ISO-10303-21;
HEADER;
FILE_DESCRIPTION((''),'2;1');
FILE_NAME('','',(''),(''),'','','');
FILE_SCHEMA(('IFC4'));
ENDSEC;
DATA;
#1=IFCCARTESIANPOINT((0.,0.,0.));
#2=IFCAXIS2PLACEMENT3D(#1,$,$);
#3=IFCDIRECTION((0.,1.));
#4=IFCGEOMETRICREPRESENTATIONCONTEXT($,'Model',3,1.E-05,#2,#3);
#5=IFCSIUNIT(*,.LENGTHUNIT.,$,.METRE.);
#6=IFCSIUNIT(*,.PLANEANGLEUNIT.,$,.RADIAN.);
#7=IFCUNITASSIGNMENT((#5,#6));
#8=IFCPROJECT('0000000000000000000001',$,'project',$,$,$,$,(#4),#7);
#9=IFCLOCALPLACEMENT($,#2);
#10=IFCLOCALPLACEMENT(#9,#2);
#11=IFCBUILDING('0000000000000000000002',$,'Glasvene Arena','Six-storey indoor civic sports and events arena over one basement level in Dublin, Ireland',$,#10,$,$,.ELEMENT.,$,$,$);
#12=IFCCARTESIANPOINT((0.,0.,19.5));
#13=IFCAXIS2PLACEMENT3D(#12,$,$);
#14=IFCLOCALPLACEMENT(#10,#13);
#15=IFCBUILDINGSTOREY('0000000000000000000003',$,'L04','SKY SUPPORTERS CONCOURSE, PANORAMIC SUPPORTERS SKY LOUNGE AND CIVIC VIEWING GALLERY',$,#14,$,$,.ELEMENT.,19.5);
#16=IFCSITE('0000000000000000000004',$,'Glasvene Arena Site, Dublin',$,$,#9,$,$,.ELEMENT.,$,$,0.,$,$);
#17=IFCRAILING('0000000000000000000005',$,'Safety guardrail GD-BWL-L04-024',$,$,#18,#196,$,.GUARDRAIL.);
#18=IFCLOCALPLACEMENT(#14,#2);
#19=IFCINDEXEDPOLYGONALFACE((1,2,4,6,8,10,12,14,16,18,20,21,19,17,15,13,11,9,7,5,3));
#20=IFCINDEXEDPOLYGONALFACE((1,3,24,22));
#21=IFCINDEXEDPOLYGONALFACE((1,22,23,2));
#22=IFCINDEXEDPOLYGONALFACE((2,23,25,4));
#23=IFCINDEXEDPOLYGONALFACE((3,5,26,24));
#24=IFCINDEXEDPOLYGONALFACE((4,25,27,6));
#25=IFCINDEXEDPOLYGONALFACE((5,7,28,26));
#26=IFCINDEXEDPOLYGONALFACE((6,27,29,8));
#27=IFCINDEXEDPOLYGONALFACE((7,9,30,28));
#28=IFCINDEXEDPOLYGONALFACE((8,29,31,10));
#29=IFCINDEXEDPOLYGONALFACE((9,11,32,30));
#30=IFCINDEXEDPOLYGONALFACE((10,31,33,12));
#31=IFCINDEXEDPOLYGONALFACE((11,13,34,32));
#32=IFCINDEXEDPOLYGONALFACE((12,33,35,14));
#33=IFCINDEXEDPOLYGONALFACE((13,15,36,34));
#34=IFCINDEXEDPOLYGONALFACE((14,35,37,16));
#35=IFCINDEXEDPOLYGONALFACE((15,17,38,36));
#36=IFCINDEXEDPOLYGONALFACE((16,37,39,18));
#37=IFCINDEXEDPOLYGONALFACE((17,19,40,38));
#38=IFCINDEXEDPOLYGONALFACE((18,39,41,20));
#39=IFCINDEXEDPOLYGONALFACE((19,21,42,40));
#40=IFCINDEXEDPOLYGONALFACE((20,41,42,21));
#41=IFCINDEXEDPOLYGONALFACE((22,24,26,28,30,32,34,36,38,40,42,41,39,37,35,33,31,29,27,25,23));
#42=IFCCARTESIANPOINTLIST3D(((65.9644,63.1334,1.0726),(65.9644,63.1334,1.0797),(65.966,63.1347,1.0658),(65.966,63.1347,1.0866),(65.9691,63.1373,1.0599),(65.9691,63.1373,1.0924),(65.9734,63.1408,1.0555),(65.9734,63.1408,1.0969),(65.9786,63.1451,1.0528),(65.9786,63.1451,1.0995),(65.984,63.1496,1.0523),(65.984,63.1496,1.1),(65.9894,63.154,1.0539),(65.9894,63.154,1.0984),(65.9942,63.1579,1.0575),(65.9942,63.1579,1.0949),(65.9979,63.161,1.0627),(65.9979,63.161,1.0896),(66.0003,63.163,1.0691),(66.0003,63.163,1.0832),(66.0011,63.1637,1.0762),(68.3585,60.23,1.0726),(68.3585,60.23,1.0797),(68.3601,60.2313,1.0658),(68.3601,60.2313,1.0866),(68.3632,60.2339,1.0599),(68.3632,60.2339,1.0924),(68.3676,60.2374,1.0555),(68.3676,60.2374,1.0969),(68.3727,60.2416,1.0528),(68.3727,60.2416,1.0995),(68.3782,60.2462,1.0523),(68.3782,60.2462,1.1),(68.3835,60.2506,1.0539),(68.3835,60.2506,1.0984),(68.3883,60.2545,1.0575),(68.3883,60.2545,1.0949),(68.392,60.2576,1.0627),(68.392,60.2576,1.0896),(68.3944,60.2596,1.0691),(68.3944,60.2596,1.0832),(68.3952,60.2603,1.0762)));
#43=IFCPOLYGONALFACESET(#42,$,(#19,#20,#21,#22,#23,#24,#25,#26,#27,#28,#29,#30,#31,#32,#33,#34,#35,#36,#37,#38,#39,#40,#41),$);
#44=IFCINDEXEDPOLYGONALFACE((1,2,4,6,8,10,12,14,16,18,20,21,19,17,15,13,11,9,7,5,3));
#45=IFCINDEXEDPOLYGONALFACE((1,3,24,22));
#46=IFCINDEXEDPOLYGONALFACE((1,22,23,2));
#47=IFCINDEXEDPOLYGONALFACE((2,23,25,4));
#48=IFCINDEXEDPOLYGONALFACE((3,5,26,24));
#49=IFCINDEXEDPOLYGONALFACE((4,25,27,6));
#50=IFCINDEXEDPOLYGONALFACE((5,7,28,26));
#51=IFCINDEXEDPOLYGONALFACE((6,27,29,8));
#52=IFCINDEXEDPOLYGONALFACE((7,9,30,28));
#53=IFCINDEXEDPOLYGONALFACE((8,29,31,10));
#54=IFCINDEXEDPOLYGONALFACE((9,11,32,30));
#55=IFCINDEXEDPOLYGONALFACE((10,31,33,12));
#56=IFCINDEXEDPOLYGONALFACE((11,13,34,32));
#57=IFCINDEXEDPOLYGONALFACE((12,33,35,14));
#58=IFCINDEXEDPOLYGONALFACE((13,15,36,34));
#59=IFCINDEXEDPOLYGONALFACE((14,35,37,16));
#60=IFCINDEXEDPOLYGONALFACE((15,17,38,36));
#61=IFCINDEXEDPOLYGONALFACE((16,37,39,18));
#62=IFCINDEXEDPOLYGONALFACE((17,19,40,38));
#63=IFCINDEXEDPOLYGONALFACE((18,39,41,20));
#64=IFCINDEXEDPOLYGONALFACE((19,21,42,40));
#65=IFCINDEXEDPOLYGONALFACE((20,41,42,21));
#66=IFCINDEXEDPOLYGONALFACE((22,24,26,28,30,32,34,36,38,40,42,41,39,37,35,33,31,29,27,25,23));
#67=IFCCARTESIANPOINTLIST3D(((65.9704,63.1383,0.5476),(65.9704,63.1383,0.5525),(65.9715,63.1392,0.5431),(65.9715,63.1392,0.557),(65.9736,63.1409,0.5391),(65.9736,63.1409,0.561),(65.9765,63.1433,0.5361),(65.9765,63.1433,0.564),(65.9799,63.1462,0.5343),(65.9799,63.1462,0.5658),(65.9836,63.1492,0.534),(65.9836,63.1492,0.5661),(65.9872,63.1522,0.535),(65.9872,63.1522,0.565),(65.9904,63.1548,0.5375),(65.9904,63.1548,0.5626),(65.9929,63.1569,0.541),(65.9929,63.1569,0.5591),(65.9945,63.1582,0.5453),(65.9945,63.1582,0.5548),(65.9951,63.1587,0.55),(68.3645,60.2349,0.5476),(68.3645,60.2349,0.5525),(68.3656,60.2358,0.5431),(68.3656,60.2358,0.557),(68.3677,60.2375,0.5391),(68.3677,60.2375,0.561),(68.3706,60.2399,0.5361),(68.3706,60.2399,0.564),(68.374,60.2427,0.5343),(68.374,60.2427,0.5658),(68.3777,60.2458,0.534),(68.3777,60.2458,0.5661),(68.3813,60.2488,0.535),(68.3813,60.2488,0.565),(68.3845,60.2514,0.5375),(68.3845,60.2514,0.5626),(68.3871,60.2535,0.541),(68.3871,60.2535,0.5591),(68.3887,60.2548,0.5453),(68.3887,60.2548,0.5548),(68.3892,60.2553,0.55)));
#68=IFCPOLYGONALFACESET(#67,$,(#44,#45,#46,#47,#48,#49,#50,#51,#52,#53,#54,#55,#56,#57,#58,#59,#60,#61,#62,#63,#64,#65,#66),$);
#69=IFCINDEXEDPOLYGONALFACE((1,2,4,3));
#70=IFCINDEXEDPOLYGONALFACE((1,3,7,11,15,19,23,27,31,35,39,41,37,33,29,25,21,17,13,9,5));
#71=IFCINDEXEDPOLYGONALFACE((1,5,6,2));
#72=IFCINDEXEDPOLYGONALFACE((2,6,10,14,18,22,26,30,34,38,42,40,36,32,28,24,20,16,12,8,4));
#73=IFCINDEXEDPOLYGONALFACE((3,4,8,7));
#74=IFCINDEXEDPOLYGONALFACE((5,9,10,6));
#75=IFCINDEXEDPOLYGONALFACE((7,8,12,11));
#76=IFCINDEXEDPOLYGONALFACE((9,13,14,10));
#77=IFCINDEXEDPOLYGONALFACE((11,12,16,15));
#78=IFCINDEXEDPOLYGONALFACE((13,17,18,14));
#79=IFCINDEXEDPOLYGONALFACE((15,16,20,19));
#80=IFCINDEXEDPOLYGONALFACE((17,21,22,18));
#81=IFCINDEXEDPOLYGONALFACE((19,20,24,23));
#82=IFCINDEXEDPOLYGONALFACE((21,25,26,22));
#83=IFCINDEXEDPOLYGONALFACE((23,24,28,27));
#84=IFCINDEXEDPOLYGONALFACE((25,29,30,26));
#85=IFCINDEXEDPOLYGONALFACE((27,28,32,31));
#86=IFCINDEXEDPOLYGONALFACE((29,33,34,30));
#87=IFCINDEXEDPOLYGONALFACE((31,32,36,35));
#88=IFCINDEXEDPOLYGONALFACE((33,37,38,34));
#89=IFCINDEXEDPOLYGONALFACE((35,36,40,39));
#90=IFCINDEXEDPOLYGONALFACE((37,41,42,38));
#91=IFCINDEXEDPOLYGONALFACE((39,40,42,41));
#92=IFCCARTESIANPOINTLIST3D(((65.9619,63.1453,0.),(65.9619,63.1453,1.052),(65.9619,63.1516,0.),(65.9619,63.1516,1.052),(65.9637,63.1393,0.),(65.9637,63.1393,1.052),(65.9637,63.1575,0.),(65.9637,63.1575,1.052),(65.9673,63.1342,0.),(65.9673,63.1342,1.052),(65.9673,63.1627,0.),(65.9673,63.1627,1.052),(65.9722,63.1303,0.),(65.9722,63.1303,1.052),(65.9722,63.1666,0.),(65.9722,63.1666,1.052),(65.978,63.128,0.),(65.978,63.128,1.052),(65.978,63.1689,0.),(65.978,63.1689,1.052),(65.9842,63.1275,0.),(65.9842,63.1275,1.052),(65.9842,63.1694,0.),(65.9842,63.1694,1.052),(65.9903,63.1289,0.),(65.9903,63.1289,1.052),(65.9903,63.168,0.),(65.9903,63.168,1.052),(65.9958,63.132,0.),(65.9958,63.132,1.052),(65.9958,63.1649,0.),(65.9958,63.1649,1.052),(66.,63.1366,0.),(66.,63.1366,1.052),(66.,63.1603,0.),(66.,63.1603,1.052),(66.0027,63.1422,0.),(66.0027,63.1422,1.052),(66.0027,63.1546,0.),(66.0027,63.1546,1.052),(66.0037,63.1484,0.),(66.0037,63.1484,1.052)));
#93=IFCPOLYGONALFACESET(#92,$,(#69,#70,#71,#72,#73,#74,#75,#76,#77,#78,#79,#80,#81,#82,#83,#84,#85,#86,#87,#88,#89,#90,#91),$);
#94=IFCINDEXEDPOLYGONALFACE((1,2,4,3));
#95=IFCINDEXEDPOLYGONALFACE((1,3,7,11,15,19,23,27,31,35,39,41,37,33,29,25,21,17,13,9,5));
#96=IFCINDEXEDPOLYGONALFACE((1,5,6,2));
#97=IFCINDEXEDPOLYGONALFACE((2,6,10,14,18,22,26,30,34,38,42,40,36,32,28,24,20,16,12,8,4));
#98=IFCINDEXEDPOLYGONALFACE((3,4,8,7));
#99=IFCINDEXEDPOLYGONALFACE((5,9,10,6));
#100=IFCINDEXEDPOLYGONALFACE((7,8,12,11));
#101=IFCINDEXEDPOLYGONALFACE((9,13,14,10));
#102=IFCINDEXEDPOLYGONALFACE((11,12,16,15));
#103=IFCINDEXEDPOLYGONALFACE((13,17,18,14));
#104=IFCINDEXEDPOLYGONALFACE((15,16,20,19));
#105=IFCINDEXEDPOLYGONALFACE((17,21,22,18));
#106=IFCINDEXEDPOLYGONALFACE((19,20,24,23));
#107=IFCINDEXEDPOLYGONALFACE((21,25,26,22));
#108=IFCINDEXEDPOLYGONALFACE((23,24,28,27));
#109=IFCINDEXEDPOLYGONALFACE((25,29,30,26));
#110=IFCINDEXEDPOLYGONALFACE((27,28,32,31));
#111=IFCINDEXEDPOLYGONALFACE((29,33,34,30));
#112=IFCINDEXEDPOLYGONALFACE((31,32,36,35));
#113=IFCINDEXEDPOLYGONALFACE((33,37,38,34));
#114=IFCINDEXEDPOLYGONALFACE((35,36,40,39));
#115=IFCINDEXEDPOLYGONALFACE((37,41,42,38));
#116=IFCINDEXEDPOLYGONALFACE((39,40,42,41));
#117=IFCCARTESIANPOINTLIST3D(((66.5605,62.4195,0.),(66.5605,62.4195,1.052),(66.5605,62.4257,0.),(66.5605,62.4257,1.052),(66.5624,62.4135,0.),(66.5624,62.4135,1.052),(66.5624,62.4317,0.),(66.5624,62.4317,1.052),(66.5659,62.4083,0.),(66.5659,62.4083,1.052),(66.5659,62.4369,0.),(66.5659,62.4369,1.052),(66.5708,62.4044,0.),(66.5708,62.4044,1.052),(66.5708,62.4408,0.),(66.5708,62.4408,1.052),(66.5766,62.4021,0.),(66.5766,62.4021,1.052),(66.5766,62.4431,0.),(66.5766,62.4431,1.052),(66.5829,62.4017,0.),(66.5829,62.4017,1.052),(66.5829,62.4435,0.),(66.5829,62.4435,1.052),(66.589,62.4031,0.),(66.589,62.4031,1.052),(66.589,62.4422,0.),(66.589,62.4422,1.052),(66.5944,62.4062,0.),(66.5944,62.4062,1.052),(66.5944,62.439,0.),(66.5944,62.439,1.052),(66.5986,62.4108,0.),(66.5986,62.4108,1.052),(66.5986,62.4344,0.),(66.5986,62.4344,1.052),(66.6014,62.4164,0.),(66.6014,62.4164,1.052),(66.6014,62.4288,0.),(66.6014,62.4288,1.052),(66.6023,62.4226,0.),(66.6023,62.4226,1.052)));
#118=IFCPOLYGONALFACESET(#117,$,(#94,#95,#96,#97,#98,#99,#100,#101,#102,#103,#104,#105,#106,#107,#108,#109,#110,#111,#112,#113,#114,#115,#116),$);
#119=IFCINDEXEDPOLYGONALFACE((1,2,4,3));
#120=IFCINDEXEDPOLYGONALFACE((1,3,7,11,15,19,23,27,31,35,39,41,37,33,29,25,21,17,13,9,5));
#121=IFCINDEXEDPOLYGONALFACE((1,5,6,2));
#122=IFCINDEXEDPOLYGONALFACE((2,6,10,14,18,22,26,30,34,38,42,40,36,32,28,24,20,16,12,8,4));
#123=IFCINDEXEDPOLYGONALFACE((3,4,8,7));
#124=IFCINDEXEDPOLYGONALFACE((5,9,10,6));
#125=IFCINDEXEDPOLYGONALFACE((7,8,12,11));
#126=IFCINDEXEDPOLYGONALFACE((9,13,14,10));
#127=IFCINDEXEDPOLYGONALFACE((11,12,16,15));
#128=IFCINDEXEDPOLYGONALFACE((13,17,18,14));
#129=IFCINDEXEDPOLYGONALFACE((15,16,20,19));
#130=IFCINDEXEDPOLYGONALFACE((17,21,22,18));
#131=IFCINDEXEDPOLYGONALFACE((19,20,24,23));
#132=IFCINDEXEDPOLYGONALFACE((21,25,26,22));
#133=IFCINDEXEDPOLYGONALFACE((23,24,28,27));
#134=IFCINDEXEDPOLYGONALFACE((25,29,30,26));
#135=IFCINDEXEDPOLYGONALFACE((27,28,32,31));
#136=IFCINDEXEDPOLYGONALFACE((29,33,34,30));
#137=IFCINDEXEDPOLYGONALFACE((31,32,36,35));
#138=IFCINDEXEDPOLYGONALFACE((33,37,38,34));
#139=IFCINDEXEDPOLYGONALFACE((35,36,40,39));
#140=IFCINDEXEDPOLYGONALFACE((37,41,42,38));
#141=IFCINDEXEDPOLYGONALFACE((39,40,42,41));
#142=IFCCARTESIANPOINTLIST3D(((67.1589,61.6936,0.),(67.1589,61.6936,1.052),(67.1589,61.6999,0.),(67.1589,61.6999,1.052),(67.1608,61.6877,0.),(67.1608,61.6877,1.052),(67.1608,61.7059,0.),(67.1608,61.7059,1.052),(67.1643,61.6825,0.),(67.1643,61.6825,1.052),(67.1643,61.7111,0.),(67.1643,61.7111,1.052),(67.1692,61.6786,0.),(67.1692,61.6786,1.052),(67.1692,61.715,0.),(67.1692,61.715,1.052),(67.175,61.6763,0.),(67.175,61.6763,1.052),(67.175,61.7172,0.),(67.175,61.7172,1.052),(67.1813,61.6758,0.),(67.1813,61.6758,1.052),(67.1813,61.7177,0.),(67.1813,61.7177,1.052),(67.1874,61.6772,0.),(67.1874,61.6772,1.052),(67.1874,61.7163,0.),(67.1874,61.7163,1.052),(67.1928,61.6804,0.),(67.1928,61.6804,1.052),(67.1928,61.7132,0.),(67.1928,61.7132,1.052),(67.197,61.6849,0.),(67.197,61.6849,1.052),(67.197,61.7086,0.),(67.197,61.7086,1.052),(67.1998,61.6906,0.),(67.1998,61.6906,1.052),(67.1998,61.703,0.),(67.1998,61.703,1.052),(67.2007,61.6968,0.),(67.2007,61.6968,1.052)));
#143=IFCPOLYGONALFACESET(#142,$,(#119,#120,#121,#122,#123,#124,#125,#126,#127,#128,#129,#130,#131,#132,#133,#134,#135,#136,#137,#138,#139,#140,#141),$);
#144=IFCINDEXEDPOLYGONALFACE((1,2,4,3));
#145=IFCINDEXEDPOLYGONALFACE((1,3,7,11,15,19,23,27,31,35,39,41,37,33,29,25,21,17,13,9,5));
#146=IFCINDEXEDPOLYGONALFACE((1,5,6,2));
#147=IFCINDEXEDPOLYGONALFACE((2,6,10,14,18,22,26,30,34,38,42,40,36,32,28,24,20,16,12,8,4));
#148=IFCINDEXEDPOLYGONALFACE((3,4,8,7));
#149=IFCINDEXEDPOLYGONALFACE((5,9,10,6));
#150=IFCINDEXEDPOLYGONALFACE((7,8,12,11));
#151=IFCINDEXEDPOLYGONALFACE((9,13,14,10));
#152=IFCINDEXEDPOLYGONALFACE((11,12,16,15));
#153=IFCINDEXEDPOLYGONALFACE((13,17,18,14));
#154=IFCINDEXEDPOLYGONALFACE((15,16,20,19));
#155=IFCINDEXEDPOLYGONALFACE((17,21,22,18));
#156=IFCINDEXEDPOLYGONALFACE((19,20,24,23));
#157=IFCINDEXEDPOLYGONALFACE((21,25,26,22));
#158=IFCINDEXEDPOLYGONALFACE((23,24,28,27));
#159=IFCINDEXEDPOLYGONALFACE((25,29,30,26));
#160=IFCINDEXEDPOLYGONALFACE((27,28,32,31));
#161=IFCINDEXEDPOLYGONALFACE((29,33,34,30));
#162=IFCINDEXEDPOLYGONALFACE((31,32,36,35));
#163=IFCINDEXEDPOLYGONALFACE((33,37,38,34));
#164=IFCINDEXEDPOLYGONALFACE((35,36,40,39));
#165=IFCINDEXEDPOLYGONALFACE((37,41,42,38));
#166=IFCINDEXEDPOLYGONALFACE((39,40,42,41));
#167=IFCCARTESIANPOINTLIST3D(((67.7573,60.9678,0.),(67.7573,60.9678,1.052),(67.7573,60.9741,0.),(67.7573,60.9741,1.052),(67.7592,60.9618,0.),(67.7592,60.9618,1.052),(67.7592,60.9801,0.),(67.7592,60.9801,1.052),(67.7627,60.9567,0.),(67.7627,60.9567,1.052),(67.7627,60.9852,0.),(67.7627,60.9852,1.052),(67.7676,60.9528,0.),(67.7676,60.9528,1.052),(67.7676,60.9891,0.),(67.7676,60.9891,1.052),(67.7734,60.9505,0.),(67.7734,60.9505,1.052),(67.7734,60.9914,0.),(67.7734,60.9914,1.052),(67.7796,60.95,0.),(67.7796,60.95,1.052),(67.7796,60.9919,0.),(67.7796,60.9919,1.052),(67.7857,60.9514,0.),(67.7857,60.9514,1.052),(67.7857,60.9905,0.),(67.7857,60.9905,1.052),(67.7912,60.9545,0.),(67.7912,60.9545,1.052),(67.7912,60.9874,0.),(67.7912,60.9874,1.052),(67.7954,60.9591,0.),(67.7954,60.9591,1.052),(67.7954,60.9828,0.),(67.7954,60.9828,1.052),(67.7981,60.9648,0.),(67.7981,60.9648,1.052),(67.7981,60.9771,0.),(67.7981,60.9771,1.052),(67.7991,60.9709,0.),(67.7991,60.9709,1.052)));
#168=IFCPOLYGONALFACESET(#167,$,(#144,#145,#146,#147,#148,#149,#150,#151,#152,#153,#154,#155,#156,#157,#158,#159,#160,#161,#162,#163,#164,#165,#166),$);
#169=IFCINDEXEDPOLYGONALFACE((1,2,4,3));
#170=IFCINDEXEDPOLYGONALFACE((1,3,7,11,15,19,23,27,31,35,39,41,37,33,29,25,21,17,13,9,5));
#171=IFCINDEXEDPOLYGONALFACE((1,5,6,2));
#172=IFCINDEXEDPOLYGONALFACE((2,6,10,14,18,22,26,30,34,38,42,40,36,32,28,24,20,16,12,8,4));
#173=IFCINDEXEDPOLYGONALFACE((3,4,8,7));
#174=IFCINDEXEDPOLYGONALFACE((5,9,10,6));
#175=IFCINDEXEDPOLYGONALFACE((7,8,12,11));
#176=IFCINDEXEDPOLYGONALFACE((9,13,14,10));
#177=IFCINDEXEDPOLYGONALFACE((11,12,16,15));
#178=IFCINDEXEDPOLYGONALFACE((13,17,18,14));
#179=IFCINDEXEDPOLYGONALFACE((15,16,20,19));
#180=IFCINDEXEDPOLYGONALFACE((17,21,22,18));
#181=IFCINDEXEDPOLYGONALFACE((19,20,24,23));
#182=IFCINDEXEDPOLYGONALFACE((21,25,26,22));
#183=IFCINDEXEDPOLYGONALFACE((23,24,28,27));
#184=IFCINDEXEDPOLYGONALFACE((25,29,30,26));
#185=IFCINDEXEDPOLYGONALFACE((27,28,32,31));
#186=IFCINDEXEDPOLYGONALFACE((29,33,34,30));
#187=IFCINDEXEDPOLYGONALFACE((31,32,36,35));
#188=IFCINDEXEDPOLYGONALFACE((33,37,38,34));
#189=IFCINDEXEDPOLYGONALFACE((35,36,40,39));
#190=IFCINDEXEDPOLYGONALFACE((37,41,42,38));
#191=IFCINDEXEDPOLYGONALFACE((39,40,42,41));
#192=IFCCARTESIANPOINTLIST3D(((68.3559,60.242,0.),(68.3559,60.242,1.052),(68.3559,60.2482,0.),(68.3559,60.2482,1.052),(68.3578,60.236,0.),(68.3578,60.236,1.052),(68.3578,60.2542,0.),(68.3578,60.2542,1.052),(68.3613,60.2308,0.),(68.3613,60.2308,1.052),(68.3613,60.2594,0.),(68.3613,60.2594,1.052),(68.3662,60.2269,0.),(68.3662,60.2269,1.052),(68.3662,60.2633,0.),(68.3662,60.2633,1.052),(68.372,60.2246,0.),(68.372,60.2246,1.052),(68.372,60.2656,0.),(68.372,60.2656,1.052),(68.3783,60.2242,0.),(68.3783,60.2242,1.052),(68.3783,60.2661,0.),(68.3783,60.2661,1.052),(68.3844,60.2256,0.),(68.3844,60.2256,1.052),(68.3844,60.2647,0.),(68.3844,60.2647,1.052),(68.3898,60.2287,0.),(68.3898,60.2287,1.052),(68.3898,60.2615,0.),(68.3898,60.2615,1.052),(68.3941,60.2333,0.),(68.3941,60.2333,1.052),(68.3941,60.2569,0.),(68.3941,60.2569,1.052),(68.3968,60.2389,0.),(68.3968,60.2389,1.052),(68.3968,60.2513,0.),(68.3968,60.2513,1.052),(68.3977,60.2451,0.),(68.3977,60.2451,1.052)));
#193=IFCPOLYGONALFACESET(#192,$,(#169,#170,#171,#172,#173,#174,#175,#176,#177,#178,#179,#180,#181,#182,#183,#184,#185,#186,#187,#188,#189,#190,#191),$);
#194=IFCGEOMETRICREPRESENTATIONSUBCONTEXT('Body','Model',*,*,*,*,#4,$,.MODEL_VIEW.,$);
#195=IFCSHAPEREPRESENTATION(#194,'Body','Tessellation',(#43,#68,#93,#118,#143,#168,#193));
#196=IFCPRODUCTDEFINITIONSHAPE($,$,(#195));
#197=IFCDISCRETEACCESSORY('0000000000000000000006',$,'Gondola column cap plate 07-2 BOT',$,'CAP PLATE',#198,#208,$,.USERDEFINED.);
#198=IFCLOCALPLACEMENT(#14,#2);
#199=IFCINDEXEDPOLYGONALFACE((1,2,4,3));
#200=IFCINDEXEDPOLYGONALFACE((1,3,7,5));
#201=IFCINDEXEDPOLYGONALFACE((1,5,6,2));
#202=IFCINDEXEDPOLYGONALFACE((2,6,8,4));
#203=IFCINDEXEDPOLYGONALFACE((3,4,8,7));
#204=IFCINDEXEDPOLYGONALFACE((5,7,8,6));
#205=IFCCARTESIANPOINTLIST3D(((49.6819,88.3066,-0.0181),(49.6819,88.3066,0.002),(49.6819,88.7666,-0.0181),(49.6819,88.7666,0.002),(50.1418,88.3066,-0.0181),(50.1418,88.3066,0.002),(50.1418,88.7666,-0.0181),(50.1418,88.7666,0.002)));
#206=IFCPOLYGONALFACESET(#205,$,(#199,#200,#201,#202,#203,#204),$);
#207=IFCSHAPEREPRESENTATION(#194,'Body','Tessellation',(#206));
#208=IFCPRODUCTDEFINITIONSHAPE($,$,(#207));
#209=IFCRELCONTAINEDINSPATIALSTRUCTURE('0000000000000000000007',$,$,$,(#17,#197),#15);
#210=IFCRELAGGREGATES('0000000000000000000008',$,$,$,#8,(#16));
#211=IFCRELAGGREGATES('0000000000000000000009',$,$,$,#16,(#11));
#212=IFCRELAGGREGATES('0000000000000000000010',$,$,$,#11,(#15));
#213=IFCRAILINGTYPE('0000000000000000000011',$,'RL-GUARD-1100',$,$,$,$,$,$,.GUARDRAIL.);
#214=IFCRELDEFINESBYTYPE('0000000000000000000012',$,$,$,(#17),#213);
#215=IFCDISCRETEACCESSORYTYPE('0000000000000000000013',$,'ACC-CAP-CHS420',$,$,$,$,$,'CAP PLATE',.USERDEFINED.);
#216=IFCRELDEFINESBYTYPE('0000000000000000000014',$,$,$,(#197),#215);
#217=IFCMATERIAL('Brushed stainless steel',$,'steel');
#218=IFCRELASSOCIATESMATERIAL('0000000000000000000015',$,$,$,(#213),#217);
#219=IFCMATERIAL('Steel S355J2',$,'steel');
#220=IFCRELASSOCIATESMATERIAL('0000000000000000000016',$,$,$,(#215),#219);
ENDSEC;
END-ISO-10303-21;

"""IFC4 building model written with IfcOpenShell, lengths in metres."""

from ifc_helpers import new_model, si_unit, direction, frame, origin, origin_2d, place, context, subcontext, project, spatial, rectangle, circle, extrude, material, type_object, element, save


model = new_model("IFC4")

# Units and contexts
model_context = context("Model", 3, precision=1e-05, world=origin(), true_north=direction((0.0, 1.0)))
body_context = subcontext(model_context, "Body", "Model", "MODEL_VIEW")
ifc_project = project(units=[si_unit("LENGTHUNIT", "METRE"), si_unit("PLANEANGLEUNIT", "RADIAN")], contexts=[model_context])

# Site, building, storey
site_placement = place(None, origin())
site = spatial("IfcSite", under=ifc_project, at=site_placement, Name="Glasvene Arena Site, Dublin", CompositionType="ELEMENT", RefElevation=0.0)
building_placement = place(site_placement, origin())
building = spatial("IfcBuilding", under=site, at=building_placement, Name="Glasvene Arena", Description="Six-storey indoor civic sports and events arena over one basement level in Dublin, Ireland", CompositionType="ELEMENT")
storey_placement = place(building_placement, frame((0.0, 0.0, 19.5)))
storey = spatial("IfcBuildingStorey", under=building, at=storey_placement, Name="L04", Description="SKY SUPPORTERS CONCOURSE, PANORAMIC SUPPORTERS SKY LOUNGE AND CIVIC VIEWING GALLERY", CompositionType="ELEMENT", Elevation=19.5)

# Shared definitions
ifc_material_1 = material(Name="Steel S355J2", Category="steel")

# Railing
ifc_material_2 = material(Name="Brushed stainless steel", Category="steel")
railing_type = type_object("IfcRailingType", Name="RL-GUARD-1100", PredefinedType="GUARDRAIL", material=ifc_material_2)
railing_1_placement = place(storey_placement, frame((65.9827, 63.1484, 0.0)))
element("IfcRailing", 1, at=railing_1_placement, inside=storey, type_object=railing_type, Name="Safety guardrail GD-BWL-L04-024", PredefinedType="GUARDRAIL", context=body_context, shape_type="SweptSolid", body=[
    extrude(circle(Radius=0.0239, at=origin_2d()), frame((0.0, 0.0, 1.0762), z_axis=(0.636194, -0.771529, 0.0), x_axis=(0.771529, 0.636194, 0.0)), (0.0, 0.0, 1.0), 3.7632),
    extrude(circle(Radius=0.0161, at=origin_2d()), frame((0.0, 0.0, 0.55), z_axis=(0.636194, -0.771529, 0.0), x_axis=(0.771529, 0.636194, 0.0)), (0.0, 0.0, 1.0), 3.7632),
    extrude(circle(Radius=0.021, at=origin_2d()), origin(), (0.0, 0.0, 1.0), 1.052),
    extrude(circle(Radius=0.021, at=origin_2d()), frame((0.5986, -0.7258, 0.0)), (0.0, 0.0, 1.0), 1.052),
    extrude(circle(Radius=0.021, at=origin_2d()), frame((1.197, -1.4517, 0.0)), (0.0, 0.0, 1.0), 1.052),
    extrude(circle(Radius=0.021, at=origin_2d()), frame((1.7954, -2.1775, 0.0)), (0.0, 0.0, 1.0), 1.052),
    extrude(circle(Radius=0.021, at=origin_2d()), frame((2.394, -2.9033, 0.0)), (0.0, 0.0, 1.0), 1.052),
])

# Discrete accessory
discrete_accessory_type = type_object("IfcDiscreteAccessoryType", Name="ACC-CAP-CHS420", ElementType="CAP PLATE", PredefinedType="USERDEFINED", material=ifc_material_1)
for number, where, z_axis, x_axis, name in (
    (2, (49.9119, 88.5366, -0.0181), (0.0, 0.0, 1.0), (1.0, 0.0, 0.0), "Gondola column cap plate 07-2 BOT"),
):
    element("IfcDiscreteAccessory", number, at=place(storey_placement, frame(where, z_axis=z_axis, x_axis=x_axis)), inside=storey, type_object=discrete_accessory_type, Name=name, ObjectType="CAP PLATE", PredefinedType="USERDEFINED", context=body_context, shape_type="SweptSolid", body=[
        extrude(rectangle(XDim=0.46, YDim=0.46, at=origin_2d()), origin(), (0.0, 0.0, 1.0), 0.02),
    ])

save(model, "model.ifc")
